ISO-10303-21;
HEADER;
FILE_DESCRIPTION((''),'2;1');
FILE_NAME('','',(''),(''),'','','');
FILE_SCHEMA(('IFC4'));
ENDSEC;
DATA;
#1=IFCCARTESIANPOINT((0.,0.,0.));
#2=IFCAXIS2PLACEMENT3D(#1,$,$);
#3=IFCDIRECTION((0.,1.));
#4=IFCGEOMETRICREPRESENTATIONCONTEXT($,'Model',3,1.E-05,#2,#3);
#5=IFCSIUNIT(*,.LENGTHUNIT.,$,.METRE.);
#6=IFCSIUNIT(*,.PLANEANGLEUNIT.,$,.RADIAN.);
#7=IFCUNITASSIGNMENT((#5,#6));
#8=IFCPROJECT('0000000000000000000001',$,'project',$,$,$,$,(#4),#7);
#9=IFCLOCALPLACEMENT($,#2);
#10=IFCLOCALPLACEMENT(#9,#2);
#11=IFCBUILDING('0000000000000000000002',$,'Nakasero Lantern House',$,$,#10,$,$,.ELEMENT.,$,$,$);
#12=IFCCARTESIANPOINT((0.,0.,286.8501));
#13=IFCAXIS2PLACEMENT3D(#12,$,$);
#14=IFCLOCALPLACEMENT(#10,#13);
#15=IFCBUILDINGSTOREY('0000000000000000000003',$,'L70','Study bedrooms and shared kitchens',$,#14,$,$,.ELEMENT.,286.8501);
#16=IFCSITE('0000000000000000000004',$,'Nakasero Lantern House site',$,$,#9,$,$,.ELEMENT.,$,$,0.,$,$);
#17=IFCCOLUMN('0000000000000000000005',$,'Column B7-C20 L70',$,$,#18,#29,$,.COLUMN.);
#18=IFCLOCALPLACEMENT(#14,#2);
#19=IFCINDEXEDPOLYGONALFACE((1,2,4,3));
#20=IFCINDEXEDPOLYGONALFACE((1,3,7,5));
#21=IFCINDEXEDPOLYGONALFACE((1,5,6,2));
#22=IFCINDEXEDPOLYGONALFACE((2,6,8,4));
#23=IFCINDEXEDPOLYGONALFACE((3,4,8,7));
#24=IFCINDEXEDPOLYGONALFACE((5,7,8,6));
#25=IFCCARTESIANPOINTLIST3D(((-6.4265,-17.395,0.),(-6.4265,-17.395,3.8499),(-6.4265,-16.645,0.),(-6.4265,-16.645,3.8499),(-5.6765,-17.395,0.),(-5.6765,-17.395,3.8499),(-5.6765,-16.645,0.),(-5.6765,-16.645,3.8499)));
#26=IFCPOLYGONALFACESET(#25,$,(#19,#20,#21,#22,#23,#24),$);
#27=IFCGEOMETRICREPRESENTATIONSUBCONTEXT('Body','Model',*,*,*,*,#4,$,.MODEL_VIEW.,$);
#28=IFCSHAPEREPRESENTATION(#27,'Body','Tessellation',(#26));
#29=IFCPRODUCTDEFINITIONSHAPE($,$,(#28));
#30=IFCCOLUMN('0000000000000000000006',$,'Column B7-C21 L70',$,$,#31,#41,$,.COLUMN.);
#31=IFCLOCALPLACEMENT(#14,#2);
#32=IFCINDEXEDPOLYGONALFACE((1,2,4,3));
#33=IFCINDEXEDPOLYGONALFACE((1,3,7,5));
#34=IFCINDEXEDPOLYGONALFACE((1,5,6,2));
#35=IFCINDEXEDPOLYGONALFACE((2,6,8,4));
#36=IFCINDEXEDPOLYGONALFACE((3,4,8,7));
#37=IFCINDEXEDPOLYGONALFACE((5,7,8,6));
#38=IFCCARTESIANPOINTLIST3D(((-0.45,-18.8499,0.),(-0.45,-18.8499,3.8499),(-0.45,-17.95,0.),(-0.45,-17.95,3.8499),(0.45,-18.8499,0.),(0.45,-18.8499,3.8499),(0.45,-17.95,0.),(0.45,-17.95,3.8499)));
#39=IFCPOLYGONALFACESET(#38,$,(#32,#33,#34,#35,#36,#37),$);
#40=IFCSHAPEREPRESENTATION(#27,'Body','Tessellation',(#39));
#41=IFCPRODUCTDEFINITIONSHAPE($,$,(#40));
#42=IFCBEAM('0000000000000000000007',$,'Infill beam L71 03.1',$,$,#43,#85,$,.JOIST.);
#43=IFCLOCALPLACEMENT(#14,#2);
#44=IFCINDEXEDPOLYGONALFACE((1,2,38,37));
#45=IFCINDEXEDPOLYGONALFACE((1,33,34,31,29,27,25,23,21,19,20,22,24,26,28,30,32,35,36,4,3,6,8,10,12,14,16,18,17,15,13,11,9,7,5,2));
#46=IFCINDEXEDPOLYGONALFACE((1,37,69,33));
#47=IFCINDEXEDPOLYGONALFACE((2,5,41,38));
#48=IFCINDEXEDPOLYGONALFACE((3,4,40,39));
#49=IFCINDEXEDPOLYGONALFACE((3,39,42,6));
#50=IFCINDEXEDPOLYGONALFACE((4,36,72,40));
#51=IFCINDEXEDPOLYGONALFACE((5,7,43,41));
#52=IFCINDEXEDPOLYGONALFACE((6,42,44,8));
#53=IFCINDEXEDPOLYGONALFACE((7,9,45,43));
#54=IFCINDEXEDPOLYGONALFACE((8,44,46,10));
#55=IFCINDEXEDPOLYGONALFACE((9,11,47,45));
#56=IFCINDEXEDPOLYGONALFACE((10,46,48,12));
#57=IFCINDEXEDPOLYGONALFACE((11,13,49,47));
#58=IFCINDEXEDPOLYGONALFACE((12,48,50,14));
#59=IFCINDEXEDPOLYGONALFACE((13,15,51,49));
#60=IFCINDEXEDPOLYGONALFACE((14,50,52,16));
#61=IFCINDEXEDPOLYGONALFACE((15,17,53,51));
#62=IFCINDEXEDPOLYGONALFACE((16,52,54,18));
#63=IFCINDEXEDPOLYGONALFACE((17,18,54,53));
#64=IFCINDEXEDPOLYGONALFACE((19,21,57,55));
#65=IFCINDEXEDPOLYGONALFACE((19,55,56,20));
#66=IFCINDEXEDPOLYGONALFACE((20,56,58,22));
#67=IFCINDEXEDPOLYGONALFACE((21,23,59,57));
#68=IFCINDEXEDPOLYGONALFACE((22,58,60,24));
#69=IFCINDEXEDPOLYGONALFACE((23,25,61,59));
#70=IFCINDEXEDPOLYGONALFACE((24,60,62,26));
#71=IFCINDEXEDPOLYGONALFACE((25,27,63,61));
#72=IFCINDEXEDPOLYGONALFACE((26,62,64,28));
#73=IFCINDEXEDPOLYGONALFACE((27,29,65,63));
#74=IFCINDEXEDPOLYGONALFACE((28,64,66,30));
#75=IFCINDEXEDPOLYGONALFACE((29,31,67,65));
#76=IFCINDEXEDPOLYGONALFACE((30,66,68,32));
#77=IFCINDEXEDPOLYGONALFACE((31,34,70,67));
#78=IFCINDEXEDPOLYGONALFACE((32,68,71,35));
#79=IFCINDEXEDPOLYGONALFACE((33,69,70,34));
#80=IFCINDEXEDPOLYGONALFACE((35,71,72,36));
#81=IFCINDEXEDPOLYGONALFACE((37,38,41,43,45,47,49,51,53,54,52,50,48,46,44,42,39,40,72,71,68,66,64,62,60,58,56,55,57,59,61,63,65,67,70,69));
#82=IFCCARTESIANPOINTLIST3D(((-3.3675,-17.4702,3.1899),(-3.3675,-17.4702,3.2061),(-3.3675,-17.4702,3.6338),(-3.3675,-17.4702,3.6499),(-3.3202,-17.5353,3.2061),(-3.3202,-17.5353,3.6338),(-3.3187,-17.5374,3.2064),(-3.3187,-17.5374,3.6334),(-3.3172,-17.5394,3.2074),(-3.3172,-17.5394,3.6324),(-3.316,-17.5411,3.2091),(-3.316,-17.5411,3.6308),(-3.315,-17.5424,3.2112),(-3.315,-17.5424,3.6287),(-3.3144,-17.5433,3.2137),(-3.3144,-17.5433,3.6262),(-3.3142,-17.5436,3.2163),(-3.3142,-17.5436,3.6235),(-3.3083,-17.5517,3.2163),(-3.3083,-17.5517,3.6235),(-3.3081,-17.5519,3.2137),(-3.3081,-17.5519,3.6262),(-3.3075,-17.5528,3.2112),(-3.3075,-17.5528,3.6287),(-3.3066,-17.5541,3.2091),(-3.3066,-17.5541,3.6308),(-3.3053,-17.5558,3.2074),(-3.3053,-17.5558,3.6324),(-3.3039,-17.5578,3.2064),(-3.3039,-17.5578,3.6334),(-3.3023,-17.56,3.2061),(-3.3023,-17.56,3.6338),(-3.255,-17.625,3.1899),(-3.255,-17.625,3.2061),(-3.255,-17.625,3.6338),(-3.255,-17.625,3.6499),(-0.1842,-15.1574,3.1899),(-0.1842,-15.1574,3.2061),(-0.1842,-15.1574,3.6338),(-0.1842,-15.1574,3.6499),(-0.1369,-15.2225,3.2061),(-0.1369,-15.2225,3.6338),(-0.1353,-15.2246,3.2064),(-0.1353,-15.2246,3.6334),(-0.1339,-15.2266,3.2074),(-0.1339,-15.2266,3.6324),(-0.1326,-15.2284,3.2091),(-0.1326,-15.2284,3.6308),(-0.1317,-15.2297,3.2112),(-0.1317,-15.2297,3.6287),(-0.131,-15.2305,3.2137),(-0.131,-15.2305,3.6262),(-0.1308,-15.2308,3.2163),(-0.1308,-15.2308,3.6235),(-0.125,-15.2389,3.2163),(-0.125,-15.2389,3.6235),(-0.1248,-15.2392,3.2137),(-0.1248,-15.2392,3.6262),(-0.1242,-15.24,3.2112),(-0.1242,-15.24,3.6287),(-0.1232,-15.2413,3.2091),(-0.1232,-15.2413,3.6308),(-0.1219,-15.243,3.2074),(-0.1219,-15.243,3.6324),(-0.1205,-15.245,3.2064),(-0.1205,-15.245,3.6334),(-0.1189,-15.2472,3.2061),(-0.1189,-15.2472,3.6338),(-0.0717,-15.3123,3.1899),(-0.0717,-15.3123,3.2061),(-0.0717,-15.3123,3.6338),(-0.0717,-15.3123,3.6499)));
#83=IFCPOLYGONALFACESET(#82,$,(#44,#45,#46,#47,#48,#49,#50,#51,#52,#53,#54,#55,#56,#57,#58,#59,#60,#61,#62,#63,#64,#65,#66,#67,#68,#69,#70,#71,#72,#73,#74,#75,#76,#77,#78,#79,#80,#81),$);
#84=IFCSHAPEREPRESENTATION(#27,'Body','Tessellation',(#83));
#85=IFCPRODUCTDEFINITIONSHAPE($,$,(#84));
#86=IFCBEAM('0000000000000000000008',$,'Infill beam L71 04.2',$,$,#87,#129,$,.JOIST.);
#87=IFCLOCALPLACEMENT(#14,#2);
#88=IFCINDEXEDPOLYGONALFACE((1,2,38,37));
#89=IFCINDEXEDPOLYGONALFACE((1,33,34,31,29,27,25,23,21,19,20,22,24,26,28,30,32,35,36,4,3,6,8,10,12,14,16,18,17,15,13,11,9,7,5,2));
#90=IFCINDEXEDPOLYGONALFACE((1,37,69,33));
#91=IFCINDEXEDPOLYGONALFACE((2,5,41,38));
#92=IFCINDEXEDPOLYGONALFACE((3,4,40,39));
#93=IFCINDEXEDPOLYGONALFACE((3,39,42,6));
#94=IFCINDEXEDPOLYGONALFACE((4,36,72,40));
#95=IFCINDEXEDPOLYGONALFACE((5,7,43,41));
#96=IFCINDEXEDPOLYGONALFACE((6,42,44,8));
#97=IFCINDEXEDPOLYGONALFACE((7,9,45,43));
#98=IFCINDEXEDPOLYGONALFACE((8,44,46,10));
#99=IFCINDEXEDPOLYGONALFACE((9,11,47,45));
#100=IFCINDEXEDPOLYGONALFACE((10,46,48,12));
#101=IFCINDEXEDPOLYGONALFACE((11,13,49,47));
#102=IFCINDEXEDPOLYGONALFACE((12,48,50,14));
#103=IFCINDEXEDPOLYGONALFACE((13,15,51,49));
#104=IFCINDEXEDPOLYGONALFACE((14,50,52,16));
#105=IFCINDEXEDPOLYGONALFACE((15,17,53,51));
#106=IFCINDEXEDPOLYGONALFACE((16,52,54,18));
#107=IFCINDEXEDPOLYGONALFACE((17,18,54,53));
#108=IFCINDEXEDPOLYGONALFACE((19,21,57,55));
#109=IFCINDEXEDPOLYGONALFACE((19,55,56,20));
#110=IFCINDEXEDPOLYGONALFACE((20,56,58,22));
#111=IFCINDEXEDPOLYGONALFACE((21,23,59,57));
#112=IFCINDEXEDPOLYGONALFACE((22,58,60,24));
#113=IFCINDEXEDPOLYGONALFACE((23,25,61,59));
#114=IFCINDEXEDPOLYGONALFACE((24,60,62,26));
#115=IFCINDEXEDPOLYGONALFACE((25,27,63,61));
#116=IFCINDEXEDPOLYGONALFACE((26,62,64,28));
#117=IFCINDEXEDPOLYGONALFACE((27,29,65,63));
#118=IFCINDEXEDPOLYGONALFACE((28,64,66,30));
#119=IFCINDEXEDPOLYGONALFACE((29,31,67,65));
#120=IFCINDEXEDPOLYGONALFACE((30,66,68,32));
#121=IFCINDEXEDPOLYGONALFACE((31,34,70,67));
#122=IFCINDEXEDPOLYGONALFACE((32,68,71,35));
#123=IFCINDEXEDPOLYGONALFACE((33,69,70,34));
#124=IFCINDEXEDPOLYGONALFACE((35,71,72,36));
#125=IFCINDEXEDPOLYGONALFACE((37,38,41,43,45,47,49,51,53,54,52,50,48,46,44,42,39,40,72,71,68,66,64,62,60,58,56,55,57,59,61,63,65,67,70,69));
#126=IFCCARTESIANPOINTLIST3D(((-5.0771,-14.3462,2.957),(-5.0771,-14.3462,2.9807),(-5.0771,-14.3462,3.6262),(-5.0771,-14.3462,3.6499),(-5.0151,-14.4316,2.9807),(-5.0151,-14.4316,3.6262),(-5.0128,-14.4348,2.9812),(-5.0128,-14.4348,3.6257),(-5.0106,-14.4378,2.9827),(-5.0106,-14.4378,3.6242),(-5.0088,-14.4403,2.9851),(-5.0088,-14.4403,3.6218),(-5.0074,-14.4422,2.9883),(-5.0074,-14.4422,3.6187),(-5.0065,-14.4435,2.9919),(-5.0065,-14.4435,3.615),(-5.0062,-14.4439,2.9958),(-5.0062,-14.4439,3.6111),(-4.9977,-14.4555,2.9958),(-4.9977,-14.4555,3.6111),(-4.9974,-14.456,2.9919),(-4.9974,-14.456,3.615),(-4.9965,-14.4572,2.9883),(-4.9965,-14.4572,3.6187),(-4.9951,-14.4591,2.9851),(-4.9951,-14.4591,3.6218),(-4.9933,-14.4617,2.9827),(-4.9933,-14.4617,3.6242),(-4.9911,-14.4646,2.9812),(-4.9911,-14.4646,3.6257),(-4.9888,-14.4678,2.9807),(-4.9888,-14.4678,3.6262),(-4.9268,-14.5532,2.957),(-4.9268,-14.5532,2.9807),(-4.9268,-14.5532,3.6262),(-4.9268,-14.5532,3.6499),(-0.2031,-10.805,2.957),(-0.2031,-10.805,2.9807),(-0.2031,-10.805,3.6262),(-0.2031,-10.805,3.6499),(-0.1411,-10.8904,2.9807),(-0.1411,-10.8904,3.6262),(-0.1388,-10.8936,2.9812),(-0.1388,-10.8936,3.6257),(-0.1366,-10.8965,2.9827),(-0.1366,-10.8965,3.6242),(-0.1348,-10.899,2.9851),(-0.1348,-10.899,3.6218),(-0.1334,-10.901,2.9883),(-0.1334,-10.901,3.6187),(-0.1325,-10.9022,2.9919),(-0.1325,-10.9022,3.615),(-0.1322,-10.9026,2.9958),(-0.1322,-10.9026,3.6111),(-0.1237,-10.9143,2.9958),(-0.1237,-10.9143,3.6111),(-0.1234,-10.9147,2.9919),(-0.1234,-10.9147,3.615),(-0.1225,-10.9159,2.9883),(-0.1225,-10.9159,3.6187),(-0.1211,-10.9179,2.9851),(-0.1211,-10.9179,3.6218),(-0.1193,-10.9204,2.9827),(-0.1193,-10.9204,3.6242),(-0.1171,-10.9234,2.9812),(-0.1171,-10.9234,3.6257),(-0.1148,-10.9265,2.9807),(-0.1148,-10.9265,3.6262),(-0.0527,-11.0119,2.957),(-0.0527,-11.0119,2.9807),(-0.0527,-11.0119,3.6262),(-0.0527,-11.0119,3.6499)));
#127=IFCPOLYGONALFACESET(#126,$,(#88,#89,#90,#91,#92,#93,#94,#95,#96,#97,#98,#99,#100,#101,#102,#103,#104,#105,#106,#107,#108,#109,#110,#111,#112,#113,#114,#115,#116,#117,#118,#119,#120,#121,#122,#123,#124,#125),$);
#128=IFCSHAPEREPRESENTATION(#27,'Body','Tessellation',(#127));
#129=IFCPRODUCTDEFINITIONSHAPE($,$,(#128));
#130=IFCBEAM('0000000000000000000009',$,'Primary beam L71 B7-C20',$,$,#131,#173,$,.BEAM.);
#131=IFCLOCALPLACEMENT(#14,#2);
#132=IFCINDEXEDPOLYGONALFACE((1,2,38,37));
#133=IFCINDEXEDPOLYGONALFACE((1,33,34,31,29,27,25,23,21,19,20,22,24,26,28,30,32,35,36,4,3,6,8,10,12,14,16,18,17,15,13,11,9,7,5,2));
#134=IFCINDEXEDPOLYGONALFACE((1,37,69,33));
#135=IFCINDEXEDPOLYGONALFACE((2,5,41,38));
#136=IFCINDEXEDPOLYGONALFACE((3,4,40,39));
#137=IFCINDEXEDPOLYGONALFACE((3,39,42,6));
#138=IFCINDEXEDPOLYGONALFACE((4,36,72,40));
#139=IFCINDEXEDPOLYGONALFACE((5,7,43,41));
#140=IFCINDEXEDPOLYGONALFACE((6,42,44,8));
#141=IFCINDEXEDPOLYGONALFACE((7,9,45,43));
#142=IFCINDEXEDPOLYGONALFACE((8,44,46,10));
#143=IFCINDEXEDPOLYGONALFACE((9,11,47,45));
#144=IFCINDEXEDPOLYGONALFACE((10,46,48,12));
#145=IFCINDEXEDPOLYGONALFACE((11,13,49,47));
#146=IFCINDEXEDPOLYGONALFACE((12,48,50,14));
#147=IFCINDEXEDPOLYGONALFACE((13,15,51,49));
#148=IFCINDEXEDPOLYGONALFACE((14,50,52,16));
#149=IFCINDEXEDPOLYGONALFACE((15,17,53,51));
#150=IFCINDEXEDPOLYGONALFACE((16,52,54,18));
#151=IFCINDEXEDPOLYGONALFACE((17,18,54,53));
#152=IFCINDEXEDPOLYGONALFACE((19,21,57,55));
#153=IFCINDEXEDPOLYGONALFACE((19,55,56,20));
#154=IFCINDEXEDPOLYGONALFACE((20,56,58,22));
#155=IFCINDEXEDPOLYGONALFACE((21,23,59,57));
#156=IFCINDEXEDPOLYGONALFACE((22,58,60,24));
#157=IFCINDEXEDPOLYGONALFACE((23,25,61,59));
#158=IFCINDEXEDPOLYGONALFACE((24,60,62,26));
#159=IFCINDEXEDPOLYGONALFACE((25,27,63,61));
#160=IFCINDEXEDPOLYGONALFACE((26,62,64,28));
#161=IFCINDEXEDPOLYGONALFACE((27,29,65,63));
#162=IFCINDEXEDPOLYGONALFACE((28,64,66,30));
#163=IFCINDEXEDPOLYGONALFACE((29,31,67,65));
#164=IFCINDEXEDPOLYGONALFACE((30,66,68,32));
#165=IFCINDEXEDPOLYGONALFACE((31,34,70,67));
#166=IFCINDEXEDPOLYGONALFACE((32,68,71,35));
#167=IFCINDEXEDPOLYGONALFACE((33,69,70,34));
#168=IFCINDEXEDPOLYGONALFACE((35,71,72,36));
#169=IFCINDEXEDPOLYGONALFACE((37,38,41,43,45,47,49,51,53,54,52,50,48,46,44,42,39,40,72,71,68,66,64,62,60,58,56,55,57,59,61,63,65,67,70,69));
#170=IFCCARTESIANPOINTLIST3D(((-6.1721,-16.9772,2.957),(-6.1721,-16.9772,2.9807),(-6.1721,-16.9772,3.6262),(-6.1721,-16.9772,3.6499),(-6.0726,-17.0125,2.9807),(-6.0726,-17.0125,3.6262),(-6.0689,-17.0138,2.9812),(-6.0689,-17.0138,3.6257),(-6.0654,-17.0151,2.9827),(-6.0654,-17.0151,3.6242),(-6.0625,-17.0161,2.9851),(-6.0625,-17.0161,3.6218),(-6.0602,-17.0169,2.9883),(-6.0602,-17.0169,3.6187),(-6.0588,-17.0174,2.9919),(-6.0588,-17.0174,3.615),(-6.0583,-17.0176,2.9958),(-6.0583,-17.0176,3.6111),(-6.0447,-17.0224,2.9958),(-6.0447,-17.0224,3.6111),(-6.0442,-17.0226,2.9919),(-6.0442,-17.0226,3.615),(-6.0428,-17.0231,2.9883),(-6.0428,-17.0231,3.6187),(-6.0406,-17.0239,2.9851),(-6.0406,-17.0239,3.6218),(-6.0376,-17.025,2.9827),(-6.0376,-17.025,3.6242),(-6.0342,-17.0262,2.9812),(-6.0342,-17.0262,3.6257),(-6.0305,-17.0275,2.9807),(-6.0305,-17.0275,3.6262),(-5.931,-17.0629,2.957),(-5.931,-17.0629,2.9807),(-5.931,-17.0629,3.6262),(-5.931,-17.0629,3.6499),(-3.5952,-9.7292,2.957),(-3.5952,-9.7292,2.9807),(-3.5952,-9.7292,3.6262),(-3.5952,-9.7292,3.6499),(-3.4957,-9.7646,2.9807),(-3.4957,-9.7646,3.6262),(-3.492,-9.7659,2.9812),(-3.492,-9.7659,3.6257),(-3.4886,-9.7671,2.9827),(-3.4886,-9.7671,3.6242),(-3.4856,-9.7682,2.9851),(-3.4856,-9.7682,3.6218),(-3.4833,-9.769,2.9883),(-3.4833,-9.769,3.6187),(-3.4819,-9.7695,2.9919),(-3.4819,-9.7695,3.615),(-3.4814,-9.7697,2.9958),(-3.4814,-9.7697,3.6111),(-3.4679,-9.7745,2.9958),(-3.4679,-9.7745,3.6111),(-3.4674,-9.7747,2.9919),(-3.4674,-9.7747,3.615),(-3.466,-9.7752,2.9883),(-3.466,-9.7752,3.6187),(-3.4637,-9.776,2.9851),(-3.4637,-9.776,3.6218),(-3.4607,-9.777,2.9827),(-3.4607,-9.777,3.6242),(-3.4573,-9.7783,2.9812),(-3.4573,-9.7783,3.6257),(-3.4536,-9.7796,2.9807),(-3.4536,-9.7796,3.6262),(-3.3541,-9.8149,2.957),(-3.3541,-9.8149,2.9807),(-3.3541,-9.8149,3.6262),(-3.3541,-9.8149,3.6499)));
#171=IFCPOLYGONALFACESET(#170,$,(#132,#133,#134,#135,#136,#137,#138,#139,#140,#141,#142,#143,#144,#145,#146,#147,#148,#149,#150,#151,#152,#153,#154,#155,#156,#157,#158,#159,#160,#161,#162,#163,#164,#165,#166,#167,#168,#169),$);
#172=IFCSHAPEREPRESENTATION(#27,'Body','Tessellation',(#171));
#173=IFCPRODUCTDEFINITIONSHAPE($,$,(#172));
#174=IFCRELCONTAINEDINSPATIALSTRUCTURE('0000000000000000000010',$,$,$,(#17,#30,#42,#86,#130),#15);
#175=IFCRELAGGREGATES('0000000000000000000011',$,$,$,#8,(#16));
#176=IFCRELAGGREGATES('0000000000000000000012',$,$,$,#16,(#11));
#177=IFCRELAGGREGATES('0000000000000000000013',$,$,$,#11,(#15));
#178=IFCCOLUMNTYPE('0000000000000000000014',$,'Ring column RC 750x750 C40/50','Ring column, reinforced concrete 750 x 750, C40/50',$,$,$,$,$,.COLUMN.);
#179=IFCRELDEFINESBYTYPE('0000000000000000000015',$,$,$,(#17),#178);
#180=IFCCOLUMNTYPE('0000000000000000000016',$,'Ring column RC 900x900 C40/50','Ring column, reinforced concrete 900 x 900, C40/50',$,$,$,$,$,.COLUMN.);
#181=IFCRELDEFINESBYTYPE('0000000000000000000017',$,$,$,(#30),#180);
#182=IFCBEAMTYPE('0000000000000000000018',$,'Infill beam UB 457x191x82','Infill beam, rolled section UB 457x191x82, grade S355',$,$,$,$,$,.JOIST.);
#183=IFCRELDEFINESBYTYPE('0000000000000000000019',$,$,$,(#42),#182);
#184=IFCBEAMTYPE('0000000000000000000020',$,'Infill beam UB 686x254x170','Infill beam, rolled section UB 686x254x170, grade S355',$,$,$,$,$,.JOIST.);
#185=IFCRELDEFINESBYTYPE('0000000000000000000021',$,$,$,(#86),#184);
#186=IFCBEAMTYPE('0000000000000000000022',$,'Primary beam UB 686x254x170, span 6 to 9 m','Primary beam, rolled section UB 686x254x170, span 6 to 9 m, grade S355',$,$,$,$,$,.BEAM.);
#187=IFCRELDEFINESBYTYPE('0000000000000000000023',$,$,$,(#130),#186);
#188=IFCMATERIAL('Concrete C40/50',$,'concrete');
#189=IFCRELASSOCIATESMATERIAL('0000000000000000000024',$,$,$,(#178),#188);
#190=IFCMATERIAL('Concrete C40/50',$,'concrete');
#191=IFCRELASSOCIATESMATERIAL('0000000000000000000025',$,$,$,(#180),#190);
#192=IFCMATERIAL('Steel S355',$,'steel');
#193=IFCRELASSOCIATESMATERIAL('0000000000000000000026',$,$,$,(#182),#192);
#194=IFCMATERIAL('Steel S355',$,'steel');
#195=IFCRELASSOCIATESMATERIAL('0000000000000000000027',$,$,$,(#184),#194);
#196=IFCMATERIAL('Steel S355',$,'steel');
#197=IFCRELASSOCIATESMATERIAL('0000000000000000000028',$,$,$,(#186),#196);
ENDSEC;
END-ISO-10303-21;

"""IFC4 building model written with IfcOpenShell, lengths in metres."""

from ifc_helpers import new_model, si_unit, direction, frame, origin, origin_2d, place, context, subcontext, project, spatial, rectangle, i_section, extrude, material, material_profile, profile_set, type_object, element, save


model = new_model("IFC4")

# Units and contexts
model_context = context("Model", 3, precision=1e-05, world=origin(), true_north=direction((0.0, 1.0)))
body_context = subcontext(model_context, "Body", "Model", "MODEL_VIEW")
ifc_project = project(units=[si_unit("LENGTHUNIT", "METRE"), si_unit("PLANEANGLEUNIT", "RADIAN")], contexts=[model_context])

# Site, building, storey
site_placement = place(None, origin())
site = spatial("IfcSite", under=ifc_project, at=site_placement, Name="Nakasero Lantern House site", CompositionType="ELEMENT", RefElevation=0.0)
building_placement = place(site_placement, origin())
building = spatial("IfcBuilding", under=site, at=building_placement, Name="Nakasero Lantern House", CompositionType="ELEMENT")
storey_placement = place(building_placement, frame((0.0, 0.0, 286.8501)))
storey = spatial("IfcBuildingStorey", under=building, at=storey_placement, Name="L70", Description="Study bedrooms and shared kitchens", CompositionType="ELEMENT", Elevation=286.8501)

# Columns
ifc_material_1 = material(Name="Concrete C40/50", Category="concrete")
ifc_material_profile_1 = material_profile(ifc_material_1, rectangle(XDim=0.75, YDim=0.75, at=origin_2d()), Name="RC 750x750")
ifc_profile_set_1 = profile_set([ifc_material_profile_1], Name="Concrete C40/50")
column_type_1 = type_object("IfcColumnType", Name="Ring column RC 750x750 C40/50", Description="Ring column, reinforced concrete 750 x 750, C40/50", PredefinedType="COLUMN", material=ifc_profile_set_1)
column_1_placement = place(storey_placement, frame((-6.0515, -17.02, 0.0), z_axis=(0.0, 0.0, 1.0), x_axis=(1.0, 0.0, 0.0)))
element("IfcColumn", 1, at=column_1_placement, inside=storey, type_object=column_type_1, Name="Column B7-C20 L70", PredefinedType="COLUMN", context=body_context, shape_type="SweptSolid", body=[
    extrude(rectangle(XDim=0.75, YDim=0.75, at=origin_2d()), origin(), (0.0, 0.0, 1.0), 3.8499),
])
ifc_material_2 = material(Name="Concrete C40/50", Category="concrete")
ifc_material_profile_2 = material_profile(ifc_material_2, rectangle(XDim=0.8999, YDim=0.8999, at=origin_2d()), Name="RC 900x900")
ifc_profile_set_2 = profile_set([ifc_material_profile_2], Name="Concrete C40/50")
column_type_2 = type_object("IfcColumnType", Name="Ring column RC 900x900 C40/50", Description="Ring column, reinforced concrete 900 x 900, C40/50", PredefinedType="COLUMN", material=ifc_profile_set_2)
column_2_placement = place(storey_placement, frame((0.0, -18.3999, 0.0), z_axis=(0.0, 0.0, 1.0), x_axis=(1.0, 0.0, 0.0)))
element("IfcColumn", 2, at=column_2_placement, inside=storey, type_object=column_type_2, Name="Column B7-C21 L70", PredefinedType="COLUMN", context=body_context, shape_type="SweptSolid", body=[
    extrude(rectangle(XDim=0.8999, YDim=0.8999, at=origin_2d()), origin(), (0.0, 0.0, 1.0), 3.8499),
])

# Beams
ifc_material_3 = material(Name="Steel S355", Category="steel")
ifc_material_profile_3 = material_profile(ifc_material_3, i_section(OverallWidth=0.1914, OverallDepth=0.46, WebThickness=0.01, FlangeThickness=0.0161, FilletRadius=0.0103, at=origin_2d()), Name="UB 457x191x82")
ifc_profile_set_3 = profile_set([ifc_material_profile_3], Name="Steel S355")
beam_type_1 = type_object("IfcBeamType", Name="Infill beam UB 457x191x82", Description="Infill beam, rolled section UB 457x191x82, grade S355", PredefinedType="JOIST", material=ifc_profile_set_3)
beam_1_placement = place(storey_placement, frame((-3.3113, -17.5476, 3.4199), z_axis=(0.809028, 0.587769, 0.0), x_axis=(-0.587769, 0.809028, 0.0)))
element("IfcBeam", 3, at=beam_1_placement, inside=storey, type_object=beam_type_1, Name="Infill beam L71 03.1", PredefinedType="JOIST", context=body_context, shape_type="SweptSolid", body=[
    extrude(i_section(OverallWidth=0.1914, OverallDepth=0.46, WebThickness=0.01, FlangeThickness=0.0161, FilletRadius=0.0103, at=origin_2d()), origin(), (0.0, 0.0, 1.0), 3.9348),
])
ifc_material_4 = material(Name="Steel S355", Category="steel")
ifc_material_profile_4 = material_profile(ifc_material_4, i_section(OverallWidth=0.2559, OverallDepth=0.6929, WebThickness=0.0144, FlangeThickness=0.0237, FilletRadius=0.0151, at=origin_2d()), Name="UB 686x254x170")
ifc_profile_set_4 = profile_set([ifc_material_profile_4], Name="Steel S355")
beam_type_2 = type_object("IfcBeamType", Name="Infill beam UB 686x254x170", Description="Infill beam, rolled section UB 686x254x170, grade S355", PredefinedType="JOIST", material=ifc_profile_set_4)
beam_2_placement = place(storey_placement, frame((-5.002, -14.4497, 3.3035), z_axis=(0.809011, 0.587793, 0.0), x_axis=(-0.587793, 0.809011, 0.0)))
element("IfcBeam", 4, at=beam_2_placement, inside=storey, type_object=beam_type_2, Name="Infill beam L71 04.2", PredefinedType="JOIST", context=body_context, shape_type="SweptSolid", body=[
    extrude(i_section(OverallWidth=0.2559, OverallDepth=0.6929, WebThickness=0.0144, FlangeThickness=0.0237, FilletRadius=0.0151, at=origin_2d()), origin(), (0.0, 0.0, 1.0), 6.0247),
])
ifc_material_5 = material(Name="Steel S355", Category="steel")
ifc_material_profile_5 = material_profile(ifc_material_5, i_section(OverallWidth=0.2559, OverallDepth=0.6929, WebThickness=0.0144, FlangeThickness=0.0237, FilletRadius=0.0151, at=origin_2d()), Name="UB 686x254x170")
ifc_profile_set_5 = profile_set([ifc_material_profile_5], Name="Steel S355")
beam_type_3 = type_object("IfcBeamType", Name="Primary beam UB 686x254x170, span 6 to 9 m", Description="Primary beam, rolled section UB 686x254x170, span 6 to 9 m, grade S355", PredefinedType="BEAM", material=ifc_profile_set_5)
beam_3_placement = place(storey_placement, frame((-6.0515, -17.02, 3.3035), z_axis=(0.334989, 0.942222, 0.0), x_axis=(-0.942222, 0.334989, 0.0)))
element("IfcBeam", 5, at=beam_3_placement, inside=storey, type_object=beam_type_3, Name="Primary beam L71 B7-C20", PredefinedType="BEAM", context=body_context, shape_type="SweptSolid", body=[
    extrude(i_section(OverallWidth=0.2559, OverallDepth=0.6929, WebThickness=0.0144, FlangeThickness=0.0237, FilletRadius=0.0151, at=origin_2d()), origin(), (0.0, 0.0, 1.0), 7.6924),
])

save(model, "model.ifc")
